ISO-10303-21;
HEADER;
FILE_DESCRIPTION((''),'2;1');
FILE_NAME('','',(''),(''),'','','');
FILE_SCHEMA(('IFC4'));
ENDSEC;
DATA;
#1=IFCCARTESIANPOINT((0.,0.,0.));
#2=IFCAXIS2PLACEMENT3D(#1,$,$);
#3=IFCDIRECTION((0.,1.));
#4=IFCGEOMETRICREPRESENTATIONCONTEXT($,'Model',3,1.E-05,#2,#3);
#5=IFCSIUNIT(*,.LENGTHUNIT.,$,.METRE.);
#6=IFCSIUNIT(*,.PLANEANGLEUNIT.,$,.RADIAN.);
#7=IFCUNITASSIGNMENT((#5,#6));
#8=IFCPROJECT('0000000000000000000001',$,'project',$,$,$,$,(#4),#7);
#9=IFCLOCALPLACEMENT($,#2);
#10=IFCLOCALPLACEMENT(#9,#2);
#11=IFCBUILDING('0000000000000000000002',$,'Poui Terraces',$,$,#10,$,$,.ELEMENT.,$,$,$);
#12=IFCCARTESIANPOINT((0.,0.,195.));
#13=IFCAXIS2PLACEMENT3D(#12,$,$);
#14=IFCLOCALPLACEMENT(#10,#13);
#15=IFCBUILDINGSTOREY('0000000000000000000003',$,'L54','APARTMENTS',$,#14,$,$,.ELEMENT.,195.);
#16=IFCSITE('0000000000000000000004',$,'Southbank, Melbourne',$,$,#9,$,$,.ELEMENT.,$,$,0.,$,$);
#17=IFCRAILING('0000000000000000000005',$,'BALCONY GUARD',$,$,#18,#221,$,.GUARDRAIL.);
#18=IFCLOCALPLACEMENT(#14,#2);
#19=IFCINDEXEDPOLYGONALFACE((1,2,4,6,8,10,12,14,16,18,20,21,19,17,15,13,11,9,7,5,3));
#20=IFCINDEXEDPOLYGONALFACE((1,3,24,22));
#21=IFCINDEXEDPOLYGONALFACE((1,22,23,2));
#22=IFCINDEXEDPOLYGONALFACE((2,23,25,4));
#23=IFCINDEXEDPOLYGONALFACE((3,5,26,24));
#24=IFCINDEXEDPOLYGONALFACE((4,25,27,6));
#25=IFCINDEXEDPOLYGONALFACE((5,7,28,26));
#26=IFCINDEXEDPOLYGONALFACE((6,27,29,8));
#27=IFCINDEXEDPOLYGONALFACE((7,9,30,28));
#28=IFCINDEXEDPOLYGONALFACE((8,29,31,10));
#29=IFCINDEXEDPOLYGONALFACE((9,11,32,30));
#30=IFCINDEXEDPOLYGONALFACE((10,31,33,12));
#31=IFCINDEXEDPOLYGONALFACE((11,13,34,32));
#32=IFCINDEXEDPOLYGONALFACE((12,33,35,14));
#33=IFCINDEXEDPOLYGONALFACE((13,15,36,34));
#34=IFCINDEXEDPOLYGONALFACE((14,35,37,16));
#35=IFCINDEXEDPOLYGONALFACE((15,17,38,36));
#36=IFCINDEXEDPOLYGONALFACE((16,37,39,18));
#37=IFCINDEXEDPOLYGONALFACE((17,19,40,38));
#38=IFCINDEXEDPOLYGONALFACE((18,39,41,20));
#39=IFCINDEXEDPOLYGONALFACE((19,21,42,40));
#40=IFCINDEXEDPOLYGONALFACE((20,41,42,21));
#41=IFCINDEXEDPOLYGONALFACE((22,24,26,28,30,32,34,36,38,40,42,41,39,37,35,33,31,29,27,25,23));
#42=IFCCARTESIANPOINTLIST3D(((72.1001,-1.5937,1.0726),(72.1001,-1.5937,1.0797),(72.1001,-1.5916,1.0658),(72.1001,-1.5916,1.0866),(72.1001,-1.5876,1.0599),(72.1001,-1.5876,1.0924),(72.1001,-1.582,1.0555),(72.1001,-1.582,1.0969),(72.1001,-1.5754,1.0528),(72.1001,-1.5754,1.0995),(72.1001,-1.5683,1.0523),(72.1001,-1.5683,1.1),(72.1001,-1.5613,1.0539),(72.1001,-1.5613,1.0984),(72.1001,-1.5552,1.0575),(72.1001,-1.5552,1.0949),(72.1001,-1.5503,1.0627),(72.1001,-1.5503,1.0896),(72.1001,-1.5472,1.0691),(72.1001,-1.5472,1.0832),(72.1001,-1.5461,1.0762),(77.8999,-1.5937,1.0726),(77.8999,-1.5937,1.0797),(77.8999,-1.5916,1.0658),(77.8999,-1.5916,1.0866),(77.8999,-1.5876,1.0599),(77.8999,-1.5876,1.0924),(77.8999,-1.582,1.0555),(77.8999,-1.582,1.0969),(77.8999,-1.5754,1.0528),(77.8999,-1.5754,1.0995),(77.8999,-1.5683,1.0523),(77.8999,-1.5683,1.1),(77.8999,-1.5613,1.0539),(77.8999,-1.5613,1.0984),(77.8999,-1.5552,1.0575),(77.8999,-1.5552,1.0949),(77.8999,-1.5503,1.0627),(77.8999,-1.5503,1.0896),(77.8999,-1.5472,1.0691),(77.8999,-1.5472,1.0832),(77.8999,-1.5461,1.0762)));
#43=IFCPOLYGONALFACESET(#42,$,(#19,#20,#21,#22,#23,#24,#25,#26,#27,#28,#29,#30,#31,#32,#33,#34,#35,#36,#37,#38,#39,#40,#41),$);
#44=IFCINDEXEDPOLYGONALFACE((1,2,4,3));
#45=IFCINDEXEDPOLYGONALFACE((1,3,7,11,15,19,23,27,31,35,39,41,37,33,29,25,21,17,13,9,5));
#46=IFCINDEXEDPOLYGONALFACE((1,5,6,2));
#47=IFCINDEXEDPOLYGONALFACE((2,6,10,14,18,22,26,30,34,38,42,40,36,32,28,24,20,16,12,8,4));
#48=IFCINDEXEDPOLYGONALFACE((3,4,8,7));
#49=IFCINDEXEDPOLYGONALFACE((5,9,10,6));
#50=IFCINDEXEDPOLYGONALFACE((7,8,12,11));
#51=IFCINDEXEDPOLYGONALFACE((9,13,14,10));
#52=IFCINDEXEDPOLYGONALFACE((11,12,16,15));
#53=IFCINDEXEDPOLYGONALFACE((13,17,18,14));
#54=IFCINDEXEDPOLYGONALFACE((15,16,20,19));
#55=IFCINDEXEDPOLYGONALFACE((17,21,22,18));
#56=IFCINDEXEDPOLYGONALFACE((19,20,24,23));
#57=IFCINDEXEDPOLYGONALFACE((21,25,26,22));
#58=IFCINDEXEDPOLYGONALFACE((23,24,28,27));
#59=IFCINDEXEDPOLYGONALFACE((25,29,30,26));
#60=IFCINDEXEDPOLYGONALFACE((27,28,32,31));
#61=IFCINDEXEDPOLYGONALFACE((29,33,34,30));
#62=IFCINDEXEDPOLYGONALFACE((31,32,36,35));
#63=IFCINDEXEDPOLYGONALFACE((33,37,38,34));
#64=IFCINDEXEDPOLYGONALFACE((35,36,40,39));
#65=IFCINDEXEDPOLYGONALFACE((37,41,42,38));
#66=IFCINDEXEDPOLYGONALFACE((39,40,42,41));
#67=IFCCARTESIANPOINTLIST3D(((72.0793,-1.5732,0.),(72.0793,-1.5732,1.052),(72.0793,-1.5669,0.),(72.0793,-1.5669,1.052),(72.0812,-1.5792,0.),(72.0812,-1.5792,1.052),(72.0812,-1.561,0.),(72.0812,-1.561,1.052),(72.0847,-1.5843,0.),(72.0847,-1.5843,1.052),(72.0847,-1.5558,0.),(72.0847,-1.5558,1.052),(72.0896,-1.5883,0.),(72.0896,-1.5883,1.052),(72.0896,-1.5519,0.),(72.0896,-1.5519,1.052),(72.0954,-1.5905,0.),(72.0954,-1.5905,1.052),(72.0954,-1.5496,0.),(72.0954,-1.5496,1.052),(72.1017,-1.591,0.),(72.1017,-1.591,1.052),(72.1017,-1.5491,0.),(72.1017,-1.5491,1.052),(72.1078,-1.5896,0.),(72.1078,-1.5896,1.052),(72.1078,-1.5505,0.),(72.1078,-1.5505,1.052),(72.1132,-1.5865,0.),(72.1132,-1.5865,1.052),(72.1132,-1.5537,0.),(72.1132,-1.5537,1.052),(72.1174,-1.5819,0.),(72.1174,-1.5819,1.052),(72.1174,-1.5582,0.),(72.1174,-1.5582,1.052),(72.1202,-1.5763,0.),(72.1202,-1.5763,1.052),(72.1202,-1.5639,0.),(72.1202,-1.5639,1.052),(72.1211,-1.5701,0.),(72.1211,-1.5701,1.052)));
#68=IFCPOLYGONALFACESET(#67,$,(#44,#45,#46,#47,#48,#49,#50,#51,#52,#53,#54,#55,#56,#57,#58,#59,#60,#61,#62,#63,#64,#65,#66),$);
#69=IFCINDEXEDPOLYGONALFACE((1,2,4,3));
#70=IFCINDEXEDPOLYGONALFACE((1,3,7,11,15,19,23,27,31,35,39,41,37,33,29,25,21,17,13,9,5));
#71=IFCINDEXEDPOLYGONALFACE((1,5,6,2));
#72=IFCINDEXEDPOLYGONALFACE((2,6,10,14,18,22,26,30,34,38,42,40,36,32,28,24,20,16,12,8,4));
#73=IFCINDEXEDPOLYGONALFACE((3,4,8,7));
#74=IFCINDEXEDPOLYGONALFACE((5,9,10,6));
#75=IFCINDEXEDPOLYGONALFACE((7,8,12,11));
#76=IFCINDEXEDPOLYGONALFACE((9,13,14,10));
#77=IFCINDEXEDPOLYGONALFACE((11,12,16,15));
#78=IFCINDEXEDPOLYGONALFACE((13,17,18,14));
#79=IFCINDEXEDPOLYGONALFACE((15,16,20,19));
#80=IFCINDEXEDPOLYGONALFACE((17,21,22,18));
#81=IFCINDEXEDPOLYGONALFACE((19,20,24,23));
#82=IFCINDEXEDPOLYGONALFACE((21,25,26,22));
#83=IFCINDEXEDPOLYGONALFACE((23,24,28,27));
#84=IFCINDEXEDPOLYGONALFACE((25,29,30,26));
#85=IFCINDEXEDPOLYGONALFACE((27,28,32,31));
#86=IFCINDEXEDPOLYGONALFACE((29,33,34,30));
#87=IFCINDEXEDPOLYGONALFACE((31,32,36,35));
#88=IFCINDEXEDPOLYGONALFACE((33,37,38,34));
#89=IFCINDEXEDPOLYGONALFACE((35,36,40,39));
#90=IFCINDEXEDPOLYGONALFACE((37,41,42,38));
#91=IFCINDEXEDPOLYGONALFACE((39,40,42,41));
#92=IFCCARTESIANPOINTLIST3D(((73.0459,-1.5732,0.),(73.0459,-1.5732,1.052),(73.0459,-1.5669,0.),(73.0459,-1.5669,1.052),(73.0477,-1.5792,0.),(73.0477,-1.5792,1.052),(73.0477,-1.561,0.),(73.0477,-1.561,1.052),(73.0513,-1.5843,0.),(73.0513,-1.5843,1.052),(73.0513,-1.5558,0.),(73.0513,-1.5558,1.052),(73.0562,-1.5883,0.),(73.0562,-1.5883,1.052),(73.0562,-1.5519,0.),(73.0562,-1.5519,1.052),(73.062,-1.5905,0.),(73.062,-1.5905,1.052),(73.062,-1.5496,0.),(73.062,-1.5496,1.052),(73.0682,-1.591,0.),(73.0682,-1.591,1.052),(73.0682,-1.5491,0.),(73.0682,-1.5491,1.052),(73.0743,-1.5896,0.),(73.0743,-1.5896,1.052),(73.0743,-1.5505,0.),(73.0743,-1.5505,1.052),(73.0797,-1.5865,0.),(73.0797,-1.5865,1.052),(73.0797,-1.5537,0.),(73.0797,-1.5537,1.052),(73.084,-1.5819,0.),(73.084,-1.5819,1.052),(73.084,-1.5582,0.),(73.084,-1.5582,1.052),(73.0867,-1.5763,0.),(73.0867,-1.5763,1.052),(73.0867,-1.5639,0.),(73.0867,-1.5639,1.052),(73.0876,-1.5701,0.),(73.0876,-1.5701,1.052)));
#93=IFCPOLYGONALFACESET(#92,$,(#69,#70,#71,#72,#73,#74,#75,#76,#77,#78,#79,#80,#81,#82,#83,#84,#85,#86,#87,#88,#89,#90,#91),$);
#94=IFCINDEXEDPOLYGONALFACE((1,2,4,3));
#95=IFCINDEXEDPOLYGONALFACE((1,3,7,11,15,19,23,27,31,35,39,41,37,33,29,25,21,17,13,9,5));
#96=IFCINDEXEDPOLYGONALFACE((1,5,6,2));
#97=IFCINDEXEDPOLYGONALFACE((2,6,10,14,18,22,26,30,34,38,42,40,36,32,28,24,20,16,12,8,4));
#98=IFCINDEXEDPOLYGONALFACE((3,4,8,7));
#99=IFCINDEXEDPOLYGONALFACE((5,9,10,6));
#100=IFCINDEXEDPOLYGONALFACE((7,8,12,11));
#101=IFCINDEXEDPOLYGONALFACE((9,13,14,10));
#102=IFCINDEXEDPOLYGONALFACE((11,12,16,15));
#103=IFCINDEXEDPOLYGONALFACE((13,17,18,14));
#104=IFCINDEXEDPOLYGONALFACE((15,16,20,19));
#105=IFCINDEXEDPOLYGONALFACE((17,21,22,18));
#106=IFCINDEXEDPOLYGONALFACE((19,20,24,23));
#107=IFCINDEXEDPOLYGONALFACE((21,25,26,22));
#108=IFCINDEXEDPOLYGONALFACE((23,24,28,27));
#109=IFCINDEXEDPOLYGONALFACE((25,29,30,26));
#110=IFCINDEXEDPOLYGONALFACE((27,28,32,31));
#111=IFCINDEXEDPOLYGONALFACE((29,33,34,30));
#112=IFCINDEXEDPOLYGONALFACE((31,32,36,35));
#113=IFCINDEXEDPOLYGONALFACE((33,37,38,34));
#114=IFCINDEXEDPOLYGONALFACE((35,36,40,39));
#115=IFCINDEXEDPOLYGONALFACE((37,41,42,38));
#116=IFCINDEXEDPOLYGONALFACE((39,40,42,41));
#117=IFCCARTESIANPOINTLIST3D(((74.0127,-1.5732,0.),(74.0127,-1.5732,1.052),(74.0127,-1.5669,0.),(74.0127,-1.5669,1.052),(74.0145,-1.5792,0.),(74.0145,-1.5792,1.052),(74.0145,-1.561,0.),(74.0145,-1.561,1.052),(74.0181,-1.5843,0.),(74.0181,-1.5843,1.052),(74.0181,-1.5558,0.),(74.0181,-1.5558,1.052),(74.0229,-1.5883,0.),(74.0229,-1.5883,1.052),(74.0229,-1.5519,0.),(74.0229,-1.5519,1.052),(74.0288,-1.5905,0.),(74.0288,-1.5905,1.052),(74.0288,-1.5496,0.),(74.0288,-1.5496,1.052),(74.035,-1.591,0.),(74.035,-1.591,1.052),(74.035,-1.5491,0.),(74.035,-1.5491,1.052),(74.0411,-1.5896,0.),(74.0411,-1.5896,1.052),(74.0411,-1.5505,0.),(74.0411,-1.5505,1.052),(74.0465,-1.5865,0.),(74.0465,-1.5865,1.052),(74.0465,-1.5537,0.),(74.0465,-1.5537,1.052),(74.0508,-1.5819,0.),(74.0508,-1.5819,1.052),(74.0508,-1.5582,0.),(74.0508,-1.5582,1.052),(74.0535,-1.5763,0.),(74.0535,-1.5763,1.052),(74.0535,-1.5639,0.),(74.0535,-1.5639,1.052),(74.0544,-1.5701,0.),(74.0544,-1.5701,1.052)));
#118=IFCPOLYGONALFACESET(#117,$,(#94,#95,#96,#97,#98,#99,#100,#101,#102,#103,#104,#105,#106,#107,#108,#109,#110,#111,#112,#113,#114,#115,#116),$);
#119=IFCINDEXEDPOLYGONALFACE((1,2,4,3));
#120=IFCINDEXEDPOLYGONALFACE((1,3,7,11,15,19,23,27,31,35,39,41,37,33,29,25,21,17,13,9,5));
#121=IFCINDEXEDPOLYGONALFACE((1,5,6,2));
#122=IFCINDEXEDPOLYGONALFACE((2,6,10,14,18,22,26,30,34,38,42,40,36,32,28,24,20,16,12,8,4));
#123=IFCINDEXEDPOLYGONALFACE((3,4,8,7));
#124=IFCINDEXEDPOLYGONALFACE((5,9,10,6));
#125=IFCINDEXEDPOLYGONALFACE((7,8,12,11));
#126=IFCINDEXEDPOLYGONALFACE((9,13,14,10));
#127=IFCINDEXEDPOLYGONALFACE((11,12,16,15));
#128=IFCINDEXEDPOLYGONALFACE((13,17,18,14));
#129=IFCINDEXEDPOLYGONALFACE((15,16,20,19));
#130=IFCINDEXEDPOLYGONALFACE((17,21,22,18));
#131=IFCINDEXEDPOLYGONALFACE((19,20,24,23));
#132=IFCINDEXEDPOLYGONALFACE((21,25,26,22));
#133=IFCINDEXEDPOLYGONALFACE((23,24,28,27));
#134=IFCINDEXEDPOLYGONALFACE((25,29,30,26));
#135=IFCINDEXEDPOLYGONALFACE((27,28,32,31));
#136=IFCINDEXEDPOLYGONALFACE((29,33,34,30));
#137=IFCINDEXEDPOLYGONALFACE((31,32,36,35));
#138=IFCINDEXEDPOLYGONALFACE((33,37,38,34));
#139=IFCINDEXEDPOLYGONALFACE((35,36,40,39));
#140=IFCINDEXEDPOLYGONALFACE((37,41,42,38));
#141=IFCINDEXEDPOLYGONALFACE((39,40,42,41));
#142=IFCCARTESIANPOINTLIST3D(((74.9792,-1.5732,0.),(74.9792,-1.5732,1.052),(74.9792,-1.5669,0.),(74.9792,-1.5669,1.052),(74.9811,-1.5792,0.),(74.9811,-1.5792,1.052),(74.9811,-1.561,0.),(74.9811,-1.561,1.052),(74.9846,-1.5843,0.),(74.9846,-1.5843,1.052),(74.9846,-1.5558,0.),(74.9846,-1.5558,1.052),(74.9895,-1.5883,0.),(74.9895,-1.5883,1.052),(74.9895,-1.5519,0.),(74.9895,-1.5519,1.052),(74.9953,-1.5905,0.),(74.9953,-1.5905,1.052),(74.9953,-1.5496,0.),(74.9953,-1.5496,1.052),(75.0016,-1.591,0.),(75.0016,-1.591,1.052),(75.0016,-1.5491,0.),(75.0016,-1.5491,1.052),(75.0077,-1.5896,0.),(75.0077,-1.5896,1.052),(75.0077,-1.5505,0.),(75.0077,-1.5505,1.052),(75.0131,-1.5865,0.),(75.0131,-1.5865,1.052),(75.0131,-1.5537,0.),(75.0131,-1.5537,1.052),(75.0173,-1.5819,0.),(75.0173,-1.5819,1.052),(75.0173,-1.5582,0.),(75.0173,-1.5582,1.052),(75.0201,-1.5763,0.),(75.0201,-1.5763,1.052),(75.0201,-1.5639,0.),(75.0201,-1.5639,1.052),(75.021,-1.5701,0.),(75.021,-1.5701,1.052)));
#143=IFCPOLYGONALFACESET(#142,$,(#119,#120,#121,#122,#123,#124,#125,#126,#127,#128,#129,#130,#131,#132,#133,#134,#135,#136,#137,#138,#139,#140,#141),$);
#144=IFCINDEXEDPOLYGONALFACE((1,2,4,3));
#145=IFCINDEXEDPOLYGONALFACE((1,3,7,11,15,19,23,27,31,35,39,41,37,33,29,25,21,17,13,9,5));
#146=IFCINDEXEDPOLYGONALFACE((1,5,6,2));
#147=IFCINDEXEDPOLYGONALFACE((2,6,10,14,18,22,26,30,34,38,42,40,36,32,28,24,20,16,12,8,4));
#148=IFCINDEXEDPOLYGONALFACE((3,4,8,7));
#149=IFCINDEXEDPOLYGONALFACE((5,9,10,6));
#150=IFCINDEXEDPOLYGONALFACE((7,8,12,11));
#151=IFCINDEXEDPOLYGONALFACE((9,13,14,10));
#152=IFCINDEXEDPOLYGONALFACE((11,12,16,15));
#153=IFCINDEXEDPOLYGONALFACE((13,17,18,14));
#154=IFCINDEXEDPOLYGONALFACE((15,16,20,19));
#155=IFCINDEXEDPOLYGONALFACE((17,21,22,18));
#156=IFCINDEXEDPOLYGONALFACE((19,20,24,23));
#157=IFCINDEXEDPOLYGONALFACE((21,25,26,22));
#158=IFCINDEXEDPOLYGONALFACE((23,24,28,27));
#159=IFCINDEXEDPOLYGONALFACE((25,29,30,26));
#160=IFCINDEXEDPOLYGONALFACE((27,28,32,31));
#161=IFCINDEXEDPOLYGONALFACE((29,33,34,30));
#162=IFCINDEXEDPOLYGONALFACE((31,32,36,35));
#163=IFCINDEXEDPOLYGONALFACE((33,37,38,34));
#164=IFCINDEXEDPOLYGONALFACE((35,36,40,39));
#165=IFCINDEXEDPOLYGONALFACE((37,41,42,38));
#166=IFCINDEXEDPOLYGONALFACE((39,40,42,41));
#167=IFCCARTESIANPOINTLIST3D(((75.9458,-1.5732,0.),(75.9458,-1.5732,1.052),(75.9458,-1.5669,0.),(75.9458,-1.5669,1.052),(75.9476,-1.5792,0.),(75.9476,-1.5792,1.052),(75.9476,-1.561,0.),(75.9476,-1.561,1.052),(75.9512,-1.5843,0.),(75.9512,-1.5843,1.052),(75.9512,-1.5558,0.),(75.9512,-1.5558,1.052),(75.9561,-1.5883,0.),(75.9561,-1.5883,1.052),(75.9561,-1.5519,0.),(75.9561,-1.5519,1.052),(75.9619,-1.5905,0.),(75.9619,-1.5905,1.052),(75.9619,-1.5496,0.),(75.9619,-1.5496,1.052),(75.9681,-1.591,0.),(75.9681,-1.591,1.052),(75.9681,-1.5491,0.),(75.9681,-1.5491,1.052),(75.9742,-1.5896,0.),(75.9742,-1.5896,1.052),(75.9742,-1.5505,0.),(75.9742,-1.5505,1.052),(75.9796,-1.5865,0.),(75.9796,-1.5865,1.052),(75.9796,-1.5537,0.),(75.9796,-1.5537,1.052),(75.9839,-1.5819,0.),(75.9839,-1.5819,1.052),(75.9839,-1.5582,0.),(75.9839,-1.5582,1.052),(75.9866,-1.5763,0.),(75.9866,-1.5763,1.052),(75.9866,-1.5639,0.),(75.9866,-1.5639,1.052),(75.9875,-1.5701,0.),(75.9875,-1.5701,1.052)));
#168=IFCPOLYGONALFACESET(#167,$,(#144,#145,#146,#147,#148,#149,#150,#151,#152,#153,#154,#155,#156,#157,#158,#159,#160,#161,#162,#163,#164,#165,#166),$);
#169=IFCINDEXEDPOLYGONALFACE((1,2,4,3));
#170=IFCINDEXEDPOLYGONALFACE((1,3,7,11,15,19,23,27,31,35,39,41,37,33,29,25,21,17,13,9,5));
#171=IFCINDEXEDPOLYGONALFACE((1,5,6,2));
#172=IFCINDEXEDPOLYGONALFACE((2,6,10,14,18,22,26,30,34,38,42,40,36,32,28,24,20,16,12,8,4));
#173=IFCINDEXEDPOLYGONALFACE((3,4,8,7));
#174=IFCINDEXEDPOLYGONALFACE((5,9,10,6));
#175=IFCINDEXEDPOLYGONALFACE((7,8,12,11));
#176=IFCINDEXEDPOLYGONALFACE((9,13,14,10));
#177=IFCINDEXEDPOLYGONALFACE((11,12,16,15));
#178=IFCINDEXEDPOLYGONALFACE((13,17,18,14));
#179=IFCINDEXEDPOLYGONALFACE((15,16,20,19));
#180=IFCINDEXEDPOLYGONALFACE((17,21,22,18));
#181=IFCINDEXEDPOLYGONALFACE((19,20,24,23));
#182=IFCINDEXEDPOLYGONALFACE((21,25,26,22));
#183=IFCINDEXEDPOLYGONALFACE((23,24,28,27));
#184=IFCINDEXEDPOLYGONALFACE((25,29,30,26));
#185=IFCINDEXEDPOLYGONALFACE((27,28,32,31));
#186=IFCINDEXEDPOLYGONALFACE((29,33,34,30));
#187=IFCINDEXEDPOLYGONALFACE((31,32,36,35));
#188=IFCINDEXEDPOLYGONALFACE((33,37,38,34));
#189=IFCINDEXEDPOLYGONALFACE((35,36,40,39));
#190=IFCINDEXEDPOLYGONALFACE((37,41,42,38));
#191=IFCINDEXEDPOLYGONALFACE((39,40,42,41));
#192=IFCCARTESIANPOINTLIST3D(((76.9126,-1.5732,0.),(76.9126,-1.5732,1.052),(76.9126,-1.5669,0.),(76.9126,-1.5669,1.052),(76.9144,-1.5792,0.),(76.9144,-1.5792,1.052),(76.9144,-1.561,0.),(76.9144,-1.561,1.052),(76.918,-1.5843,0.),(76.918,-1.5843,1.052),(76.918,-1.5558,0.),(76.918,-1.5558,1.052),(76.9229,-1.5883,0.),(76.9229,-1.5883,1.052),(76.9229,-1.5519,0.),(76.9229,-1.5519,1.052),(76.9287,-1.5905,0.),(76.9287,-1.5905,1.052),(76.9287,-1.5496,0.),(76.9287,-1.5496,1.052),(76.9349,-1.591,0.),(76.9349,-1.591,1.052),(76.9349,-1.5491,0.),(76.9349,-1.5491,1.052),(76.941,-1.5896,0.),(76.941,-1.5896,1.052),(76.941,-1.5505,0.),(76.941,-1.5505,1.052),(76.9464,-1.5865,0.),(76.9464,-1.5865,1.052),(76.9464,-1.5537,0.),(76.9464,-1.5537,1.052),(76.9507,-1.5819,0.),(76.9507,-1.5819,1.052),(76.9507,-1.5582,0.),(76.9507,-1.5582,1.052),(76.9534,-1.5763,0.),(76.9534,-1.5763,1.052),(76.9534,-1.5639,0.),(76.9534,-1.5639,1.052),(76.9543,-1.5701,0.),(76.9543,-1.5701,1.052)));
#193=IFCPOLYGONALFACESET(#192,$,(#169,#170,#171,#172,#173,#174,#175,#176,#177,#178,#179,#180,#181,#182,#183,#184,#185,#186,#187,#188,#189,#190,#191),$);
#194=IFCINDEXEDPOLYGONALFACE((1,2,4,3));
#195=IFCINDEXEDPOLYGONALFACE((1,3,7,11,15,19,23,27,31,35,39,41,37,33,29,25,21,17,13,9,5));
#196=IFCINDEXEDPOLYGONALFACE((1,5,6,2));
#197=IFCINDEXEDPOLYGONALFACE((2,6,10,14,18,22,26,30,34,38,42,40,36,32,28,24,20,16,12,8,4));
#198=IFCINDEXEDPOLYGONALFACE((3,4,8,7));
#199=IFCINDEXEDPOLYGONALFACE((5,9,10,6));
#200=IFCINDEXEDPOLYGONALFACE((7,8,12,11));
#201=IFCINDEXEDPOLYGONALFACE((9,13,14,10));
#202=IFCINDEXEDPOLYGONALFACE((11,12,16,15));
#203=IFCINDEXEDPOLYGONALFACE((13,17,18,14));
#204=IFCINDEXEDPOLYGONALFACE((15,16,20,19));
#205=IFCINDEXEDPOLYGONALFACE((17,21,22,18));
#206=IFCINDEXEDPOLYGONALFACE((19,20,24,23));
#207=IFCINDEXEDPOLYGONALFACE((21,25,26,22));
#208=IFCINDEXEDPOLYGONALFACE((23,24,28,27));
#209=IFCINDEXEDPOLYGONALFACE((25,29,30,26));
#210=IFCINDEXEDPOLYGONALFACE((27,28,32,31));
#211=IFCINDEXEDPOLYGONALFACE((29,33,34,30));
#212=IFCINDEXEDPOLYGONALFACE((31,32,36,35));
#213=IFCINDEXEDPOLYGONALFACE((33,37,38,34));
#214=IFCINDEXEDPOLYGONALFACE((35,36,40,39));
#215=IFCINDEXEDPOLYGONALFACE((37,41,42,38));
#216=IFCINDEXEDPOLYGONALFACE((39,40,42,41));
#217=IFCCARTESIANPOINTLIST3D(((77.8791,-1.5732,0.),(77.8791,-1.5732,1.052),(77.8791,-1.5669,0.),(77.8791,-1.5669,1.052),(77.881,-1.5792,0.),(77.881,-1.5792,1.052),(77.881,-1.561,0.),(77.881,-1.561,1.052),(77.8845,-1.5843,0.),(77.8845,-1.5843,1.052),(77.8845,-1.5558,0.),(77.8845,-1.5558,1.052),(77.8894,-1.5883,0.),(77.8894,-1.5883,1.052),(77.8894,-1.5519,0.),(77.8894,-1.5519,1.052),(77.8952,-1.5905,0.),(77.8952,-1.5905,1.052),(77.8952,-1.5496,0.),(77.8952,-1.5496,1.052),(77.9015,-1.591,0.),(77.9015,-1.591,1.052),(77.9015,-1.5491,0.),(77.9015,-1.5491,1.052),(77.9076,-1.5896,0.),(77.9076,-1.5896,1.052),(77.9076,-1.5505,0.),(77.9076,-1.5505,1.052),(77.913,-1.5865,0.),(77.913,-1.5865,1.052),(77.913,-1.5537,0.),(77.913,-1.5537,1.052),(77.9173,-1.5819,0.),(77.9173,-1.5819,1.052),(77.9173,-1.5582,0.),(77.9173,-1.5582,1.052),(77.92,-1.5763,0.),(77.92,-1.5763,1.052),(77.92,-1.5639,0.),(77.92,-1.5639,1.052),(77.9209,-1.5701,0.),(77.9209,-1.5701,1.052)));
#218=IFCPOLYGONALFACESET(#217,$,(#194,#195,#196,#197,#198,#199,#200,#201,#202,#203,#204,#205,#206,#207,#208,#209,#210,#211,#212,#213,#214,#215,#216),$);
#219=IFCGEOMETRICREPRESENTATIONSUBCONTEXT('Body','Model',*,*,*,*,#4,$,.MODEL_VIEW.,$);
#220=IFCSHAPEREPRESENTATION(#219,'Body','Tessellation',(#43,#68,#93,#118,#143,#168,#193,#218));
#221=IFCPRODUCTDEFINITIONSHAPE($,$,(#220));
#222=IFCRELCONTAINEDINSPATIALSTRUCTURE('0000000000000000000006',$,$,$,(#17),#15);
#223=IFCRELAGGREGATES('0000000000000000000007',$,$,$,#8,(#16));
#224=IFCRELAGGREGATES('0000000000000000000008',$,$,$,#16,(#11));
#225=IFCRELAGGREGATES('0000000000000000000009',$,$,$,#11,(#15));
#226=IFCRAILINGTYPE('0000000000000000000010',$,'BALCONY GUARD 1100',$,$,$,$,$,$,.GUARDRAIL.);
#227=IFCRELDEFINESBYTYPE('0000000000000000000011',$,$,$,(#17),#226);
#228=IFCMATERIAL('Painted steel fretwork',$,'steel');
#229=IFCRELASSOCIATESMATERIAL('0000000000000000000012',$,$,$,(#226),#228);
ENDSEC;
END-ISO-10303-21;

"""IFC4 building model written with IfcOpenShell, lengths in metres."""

from ifc_helpers import new_model, si_unit, direction, frame, origin, origin_2d, place, context, subcontext, project, spatial, circle, extrude, material, type_object, element, save


model = new_model("IFC4")

# Units and contexts
model_context = context("Model", 3, precision=1e-05, world=origin(), true_north=direction((0.0, 1.0)))
body_context = subcontext(model_context, "Body", "Model", "MODEL_VIEW")
ifc_project = project(units=[si_unit("LENGTHUNIT", "METRE"), si_unit("PLANEANGLEUNIT", "RADIAN")], contexts=[model_context])

# Site, building, storey
site_placement = place(None, origin())
site = spatial("IfcSite", under=ifc_project, at=site_placement, Name="Southbank, Melbourne", CompositionType="ELEMENT", RefElevation=0.0)
building_placement = place(site_placement, origin())
building = spatial("IfcBuilding", under=site, at=building_placement, Name="Poui Terraces", CompositionType="ELEMENT")
storey_placement = place(building_placement, frame((0.0, 0.0, 195.0)))
storey = spatial("IfcBuildingStorey", under=building, at=storey_placement, Name="L54", Description="APARTMENTS", CompositionType="ELEMENT", Elevation=195.0)

# Railing
ifc_material_1 = material(Name="Painted steel fretwork", Category="steel")
railing_type = type_object("IfcRailingType", Name="BALCONY GUARD 1100", PredefinedType="GUARDRAIL", material=ifc_material_1)
railing_placement = place(storey_placement, frame((72.1001, -1.5701, 0.0)))
element("IfcRailing", 1, at=railing_placement, inside=storey, type_object=railing_type, Name="BALCONY GUARD", PredefinedType="GUARDRAIL", context=body_context, shape_type="SweptSolid", body=[
    extrude(circle(Radius=0.0239, at=origin_2d()), frame((0.0, 0.0, 1.0762), z_axis=(1.0, 0.0, 0.0), x_axis=(0.0, 1.0, 0.0)), (0.0, 0.0, 1.0), 5.7998),
    extrude(circle(Radius=0.021, at=origin_2d()), origin(), (0.0, 0.0, 1.0), 1.052),
    extrude(circle(Radius=0.021, at=origin_2d()), frame((0.9666, 0.0, 0.0)), (0.0, 0.0, 1.0), 1.052),
    extrude(circle(Radius=0.021, at=origin_2d()), frame((1.9333, 0.0, 0.0)), (0.0, 0.0, 1.0), 1.052),
    extrude(circle(Radius=0.021, at=origin_2d()), frame((2.8999, 0.0, 0.0)), (0.0, 0.0, 1.0), 1.052),
    extrude(circle(Radius=0.021, at=origin_2d()), frame((3.8665, 0.0, 0.0)), (0.0, 0.0, 1.0), 1.052),
    extrude(circle(Radius=0.021, at=origin_2d()), frame((4.8333, 0.0, 0.0)), (0.0, 0.0, 1.0), 1.052),
    extrude(circle(Radius=0.021, at=origin_2d()), frame((5.7998, 0.0, 0.0)), (0.0, 0.0, 1.0), 1.052),
])

save(model, "model.ifc")
